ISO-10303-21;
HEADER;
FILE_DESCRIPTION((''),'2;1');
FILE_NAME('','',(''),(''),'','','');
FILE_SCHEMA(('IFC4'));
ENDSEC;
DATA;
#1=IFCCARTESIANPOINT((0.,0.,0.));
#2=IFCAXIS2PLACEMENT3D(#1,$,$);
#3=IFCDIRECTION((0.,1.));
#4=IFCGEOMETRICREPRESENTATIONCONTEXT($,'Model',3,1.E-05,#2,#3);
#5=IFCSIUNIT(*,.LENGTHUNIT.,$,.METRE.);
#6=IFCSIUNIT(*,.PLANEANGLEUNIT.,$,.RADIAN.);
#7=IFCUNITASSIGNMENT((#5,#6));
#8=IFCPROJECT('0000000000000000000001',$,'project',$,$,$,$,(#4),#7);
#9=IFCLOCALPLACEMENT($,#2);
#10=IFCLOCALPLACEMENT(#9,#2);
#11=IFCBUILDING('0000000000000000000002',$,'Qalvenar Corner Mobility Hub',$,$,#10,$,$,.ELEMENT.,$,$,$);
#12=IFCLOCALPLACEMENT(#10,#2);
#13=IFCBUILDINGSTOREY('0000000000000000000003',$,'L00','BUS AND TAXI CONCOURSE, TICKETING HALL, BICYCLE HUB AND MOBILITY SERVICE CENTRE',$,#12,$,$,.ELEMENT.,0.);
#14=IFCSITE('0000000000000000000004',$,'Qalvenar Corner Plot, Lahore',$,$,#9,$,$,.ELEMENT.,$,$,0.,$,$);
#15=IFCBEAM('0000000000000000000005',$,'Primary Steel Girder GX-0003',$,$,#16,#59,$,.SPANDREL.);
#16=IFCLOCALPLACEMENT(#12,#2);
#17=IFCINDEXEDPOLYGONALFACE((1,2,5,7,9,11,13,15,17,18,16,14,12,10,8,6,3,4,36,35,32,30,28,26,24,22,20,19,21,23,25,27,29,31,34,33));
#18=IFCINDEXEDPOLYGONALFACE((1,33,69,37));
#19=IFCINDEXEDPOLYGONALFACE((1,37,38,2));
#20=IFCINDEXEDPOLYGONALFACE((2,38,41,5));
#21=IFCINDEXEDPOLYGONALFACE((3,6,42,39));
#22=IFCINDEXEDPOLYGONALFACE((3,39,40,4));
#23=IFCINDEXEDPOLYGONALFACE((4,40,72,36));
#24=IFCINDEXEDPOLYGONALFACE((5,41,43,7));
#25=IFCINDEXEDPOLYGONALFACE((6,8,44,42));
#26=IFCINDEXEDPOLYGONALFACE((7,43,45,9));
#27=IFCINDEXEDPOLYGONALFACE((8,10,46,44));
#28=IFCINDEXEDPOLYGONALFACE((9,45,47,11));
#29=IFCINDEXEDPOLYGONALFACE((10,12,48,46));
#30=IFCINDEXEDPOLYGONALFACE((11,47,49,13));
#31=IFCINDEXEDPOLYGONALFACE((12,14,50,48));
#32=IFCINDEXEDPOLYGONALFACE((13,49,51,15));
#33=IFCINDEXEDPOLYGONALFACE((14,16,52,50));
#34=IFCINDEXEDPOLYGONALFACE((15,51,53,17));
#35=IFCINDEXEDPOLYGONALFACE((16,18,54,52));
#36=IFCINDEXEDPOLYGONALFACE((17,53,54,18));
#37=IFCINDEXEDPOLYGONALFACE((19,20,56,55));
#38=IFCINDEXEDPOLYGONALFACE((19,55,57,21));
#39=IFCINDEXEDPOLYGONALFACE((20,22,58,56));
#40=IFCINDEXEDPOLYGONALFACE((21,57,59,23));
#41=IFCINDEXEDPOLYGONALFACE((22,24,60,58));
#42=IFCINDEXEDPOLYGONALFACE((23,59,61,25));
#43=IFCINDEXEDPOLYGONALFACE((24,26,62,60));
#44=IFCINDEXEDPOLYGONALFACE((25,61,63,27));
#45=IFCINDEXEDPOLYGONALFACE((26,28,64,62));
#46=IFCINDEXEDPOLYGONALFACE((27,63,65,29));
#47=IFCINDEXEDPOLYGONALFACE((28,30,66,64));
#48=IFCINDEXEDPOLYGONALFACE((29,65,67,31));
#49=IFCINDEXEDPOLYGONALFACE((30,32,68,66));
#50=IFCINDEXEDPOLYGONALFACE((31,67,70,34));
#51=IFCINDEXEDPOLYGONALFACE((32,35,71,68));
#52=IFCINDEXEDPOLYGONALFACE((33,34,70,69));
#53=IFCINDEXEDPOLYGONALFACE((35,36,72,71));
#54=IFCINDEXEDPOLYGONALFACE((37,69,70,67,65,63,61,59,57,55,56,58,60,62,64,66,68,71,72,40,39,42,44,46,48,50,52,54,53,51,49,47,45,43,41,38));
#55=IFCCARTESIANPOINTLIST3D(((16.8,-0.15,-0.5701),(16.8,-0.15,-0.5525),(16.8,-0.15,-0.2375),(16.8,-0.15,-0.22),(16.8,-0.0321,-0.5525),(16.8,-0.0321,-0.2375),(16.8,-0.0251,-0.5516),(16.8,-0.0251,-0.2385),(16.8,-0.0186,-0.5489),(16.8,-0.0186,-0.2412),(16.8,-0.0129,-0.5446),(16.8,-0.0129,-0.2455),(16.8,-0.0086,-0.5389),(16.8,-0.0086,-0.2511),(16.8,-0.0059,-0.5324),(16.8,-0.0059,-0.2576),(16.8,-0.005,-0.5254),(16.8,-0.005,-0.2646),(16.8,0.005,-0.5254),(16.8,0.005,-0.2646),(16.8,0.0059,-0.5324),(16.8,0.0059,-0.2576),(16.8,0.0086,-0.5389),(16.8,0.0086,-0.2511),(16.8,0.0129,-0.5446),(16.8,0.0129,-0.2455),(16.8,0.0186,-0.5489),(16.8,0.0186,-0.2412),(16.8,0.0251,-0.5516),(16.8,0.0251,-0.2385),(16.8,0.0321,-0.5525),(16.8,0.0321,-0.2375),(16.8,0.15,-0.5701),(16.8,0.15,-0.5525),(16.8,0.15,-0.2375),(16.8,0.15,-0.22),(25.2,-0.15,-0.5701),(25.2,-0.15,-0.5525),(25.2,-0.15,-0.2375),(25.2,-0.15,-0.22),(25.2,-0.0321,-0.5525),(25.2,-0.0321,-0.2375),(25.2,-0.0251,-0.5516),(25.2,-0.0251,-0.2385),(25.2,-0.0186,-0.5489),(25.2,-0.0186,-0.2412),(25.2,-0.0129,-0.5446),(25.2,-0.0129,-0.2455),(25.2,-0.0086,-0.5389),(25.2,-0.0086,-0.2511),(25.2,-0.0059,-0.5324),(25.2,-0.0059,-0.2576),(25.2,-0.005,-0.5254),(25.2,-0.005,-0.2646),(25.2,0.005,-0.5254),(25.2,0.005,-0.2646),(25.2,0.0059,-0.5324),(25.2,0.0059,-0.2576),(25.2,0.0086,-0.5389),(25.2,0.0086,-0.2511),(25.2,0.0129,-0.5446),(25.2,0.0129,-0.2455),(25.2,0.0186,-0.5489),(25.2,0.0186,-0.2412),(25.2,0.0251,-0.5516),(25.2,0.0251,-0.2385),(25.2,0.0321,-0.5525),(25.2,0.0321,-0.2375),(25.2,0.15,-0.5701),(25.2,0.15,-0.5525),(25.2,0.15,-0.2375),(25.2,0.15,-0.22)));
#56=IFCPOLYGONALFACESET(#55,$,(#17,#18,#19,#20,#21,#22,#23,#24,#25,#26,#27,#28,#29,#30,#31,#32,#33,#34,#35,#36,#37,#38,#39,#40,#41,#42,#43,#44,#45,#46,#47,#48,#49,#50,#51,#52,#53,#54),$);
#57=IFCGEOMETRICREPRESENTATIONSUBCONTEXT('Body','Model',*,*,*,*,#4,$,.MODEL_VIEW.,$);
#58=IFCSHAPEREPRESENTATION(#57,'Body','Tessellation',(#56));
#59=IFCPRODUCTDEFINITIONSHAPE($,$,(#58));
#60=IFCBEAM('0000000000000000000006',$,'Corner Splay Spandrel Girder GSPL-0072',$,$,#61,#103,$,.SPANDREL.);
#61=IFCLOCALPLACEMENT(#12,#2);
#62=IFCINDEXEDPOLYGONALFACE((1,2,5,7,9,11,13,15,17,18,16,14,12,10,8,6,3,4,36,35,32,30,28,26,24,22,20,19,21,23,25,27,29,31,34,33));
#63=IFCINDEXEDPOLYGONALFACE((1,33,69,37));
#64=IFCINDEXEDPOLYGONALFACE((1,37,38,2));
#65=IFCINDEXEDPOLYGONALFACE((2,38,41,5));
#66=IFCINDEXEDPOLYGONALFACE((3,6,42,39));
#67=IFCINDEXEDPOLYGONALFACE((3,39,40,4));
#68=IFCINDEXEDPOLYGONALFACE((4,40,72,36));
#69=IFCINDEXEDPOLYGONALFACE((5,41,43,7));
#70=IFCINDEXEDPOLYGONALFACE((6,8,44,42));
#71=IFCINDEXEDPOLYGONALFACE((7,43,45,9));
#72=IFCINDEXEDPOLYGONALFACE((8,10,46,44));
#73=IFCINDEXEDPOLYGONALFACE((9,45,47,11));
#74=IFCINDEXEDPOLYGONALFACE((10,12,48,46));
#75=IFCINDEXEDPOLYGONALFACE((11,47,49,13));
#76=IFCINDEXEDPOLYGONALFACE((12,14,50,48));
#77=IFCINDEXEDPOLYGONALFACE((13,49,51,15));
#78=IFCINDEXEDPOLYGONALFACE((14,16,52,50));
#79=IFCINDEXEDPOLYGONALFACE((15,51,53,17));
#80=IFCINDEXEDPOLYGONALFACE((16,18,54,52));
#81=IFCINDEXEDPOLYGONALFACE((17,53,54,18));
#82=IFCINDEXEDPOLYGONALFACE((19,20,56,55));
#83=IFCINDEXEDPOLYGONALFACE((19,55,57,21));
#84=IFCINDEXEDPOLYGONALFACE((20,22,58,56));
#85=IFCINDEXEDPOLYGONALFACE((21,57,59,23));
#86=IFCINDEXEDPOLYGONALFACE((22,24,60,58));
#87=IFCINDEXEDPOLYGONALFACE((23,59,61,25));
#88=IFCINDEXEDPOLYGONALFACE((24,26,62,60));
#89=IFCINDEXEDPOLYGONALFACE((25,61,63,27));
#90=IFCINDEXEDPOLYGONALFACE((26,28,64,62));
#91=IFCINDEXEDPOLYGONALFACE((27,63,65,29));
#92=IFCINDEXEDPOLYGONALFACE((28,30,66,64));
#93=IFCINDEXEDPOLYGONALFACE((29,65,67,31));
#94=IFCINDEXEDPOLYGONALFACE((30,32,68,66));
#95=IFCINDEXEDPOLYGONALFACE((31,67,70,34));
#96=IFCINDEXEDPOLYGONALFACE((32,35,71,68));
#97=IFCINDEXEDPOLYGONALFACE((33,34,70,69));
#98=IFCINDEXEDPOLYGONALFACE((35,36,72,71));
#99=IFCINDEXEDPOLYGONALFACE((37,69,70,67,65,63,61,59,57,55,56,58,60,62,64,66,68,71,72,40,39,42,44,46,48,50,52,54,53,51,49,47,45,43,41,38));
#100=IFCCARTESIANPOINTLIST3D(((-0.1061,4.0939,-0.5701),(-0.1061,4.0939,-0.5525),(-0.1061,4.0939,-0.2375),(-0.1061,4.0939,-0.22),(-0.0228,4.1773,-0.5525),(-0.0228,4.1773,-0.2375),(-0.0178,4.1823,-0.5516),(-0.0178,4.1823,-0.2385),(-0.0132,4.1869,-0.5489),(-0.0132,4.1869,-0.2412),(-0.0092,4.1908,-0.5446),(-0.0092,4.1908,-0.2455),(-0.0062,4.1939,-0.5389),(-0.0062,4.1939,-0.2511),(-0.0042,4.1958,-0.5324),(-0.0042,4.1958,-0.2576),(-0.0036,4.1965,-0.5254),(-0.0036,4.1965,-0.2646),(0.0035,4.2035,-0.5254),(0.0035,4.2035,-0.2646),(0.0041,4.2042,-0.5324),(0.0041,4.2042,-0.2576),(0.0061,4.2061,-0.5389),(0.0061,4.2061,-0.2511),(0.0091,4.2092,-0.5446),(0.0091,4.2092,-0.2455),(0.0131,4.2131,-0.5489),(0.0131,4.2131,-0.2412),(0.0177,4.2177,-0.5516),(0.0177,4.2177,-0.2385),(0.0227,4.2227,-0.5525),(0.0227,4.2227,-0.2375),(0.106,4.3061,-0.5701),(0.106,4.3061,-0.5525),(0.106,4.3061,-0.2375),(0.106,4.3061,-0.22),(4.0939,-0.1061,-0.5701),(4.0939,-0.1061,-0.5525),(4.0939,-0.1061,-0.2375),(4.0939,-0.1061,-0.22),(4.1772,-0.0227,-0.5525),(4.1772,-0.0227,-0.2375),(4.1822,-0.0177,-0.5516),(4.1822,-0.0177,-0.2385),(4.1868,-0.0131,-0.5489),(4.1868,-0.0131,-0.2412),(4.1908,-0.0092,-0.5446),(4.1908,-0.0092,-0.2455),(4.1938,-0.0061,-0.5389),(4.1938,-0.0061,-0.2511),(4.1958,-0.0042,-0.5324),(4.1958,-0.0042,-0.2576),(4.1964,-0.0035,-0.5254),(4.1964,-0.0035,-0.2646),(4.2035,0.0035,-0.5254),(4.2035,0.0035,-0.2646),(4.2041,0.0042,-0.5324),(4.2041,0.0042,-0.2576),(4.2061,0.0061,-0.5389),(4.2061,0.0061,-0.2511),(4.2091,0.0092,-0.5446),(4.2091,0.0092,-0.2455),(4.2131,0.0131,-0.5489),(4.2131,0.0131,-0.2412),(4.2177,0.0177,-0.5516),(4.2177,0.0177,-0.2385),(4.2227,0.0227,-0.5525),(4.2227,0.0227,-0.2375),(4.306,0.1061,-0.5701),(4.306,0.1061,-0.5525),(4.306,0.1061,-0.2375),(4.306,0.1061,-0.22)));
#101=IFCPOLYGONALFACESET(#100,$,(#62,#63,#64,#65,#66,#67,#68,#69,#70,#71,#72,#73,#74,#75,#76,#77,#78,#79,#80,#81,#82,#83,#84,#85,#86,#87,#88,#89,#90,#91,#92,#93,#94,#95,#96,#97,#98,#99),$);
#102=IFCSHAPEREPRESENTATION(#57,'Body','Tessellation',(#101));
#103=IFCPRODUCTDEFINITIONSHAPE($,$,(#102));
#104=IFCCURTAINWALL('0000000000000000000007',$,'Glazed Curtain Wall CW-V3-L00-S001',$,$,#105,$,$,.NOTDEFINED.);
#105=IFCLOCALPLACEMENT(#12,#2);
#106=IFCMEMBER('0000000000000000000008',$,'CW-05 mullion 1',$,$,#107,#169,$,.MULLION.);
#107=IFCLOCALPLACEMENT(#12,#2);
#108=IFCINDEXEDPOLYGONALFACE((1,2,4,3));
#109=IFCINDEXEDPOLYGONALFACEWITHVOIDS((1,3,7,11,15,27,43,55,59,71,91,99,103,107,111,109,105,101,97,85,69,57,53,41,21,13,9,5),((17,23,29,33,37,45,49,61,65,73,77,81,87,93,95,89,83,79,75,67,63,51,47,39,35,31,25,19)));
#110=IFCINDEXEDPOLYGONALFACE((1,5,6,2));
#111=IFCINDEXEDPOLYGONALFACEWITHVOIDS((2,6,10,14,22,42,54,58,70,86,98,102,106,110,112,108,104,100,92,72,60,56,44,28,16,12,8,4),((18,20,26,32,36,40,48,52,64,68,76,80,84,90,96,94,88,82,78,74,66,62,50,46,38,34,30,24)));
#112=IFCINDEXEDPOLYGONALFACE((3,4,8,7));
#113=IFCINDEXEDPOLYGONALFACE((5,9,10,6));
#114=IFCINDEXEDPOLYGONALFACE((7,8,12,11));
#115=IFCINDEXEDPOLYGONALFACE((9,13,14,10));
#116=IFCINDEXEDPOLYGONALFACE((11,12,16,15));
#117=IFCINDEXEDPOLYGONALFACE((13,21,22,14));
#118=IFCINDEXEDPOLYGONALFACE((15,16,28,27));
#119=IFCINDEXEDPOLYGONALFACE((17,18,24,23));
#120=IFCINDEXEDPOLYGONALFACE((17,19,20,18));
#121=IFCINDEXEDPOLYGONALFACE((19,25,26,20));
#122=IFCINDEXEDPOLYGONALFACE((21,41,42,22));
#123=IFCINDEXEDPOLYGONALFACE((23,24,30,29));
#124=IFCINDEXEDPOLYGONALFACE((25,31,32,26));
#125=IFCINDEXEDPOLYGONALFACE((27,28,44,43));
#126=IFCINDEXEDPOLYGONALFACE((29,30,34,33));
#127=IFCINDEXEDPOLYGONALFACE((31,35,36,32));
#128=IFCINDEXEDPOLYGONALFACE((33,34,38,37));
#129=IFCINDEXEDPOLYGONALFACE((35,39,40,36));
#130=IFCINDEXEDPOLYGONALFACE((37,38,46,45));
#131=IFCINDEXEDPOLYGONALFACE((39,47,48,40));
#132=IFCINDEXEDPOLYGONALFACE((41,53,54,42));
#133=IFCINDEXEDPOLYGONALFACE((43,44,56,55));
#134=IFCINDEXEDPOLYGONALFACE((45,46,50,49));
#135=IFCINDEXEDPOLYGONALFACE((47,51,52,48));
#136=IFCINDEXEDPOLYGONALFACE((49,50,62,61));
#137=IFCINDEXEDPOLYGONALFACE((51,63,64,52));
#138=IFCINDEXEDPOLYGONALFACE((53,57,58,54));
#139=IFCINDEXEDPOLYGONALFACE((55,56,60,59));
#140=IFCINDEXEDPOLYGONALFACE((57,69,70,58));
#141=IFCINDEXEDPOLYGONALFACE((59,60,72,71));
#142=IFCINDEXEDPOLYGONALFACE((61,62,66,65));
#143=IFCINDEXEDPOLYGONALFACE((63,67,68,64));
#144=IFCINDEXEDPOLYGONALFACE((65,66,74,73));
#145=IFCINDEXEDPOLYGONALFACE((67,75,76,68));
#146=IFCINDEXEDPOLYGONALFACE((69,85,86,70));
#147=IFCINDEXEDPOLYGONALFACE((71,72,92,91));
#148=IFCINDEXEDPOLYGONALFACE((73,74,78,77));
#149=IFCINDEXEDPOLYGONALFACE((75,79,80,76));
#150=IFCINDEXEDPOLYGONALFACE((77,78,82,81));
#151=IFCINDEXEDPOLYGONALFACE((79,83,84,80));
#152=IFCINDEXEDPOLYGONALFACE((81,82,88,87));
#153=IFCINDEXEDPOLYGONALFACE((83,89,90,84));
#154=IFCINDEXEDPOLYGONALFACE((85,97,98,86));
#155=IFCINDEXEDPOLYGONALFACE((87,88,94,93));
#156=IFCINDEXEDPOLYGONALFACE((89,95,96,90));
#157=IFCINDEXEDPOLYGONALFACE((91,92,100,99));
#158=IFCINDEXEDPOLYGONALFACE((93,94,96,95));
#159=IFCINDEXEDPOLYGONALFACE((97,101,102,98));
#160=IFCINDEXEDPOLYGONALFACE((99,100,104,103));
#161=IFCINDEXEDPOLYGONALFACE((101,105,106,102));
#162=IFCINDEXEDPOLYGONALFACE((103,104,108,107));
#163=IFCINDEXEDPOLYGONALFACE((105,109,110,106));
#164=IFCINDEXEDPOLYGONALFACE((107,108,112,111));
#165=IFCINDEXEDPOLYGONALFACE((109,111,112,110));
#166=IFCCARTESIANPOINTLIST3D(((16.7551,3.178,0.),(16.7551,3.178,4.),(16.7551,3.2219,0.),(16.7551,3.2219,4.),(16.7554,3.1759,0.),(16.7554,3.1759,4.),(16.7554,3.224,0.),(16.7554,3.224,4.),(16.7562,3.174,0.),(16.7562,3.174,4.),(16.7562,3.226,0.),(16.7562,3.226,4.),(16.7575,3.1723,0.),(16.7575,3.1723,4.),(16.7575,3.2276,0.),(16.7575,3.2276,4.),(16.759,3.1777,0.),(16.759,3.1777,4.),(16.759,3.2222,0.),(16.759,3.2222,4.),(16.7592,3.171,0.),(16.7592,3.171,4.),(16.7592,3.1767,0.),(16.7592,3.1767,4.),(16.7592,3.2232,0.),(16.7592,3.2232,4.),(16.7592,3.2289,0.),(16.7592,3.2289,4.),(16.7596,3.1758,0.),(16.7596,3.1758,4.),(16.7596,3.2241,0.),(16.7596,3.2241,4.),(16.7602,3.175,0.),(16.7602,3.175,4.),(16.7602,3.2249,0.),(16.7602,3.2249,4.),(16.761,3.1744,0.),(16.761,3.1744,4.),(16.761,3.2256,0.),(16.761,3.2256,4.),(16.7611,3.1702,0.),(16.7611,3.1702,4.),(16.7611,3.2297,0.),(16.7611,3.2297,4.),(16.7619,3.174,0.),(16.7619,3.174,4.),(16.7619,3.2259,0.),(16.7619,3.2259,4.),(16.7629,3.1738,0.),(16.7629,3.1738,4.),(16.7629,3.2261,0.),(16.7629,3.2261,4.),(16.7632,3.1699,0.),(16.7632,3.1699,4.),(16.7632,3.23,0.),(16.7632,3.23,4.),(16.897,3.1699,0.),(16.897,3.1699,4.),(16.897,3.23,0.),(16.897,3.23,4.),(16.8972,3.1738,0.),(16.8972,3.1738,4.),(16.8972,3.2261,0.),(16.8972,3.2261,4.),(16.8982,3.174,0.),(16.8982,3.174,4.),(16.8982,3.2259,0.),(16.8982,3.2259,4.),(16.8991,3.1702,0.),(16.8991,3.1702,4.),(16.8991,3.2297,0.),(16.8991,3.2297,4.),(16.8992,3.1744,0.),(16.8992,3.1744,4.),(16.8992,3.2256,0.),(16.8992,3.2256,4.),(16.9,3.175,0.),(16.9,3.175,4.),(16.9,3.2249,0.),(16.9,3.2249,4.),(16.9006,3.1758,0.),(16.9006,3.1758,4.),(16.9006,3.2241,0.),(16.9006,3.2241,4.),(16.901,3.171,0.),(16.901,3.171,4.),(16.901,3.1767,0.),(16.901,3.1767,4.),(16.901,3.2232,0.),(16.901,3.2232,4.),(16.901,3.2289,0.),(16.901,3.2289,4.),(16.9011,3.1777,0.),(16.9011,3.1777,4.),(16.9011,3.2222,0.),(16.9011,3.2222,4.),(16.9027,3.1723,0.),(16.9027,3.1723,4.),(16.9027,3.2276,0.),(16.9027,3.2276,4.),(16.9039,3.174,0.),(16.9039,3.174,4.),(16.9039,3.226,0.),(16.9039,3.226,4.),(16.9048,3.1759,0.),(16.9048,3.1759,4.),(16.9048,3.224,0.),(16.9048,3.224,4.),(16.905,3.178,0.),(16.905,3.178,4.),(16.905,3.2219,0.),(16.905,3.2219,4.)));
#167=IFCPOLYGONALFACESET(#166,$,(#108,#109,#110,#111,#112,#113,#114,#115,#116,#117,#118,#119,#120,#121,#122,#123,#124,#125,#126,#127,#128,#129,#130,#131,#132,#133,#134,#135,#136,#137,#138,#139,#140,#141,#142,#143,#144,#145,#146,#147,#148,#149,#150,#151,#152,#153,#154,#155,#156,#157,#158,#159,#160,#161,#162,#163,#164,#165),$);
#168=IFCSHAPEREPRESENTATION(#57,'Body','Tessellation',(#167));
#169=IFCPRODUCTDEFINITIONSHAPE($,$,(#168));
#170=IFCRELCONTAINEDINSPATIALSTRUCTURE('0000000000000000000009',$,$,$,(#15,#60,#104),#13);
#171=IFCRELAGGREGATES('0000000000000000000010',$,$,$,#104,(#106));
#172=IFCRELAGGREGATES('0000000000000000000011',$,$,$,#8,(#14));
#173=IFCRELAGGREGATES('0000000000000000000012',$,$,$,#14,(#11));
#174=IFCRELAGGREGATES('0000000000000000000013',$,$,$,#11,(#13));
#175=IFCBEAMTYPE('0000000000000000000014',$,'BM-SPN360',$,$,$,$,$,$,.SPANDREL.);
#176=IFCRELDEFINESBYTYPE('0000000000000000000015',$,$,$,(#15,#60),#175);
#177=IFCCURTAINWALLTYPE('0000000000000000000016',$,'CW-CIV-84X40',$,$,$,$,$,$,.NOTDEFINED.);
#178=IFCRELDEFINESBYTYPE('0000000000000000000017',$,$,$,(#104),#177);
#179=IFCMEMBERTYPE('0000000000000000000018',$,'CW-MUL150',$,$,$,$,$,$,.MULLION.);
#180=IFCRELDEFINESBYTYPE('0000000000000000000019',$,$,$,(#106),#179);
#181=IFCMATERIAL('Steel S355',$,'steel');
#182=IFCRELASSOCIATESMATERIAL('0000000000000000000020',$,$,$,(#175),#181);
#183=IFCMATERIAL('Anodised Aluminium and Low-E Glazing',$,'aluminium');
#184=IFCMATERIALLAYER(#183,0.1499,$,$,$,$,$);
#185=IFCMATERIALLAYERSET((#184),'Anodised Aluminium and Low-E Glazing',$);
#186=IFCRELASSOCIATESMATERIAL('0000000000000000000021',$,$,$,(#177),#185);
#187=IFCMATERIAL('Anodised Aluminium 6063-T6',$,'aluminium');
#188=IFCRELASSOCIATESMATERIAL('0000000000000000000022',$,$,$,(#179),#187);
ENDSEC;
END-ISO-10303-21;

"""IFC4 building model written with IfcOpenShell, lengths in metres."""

from ifc_helpers import new_model, si_unit, direction, frame, origin, origin_2d, place, context, subcontext, project, spatial, hollow_rectangle, i_section, extrude, material, layer, layer_set, material_profile, profile_set, type_object, element, aggregate, save


model = new_model("IFC4")

# Units and contexts
model_context = context("Model", 3, precision=1e-05, world=origin(), true_north=direction((0.0, 1.0)))
body_context = subcontext(model_context, "Body", "Model", "MODEL_VIEW")
ifc_project = project(units=[si_unit("LENGTHUNIT", "METRE"), si_unit("PLANEANGLEUNIT", "RADIAN")], contexts=[model_context])

# Site, building, storey
site_placement = place(None, origin())
site = spatial("IfcSite", under=ifc_project, at=site_placement, Name="Qalvenar Corner Plot, Lahore", CompositionType="ELEMENT", RefElevation=0.0)
building_placement = place(site_placement, origin())
building = spatial("IfcBuilding", under=site, at=building_placement, Name="Qalvenar Corner Mobility Hub", CompositionType="ELEMENT")
storey_placement = place(building_placement, origin())
storey = spatial("IfcBuildingStorey", under=building, at=storey_placement, Name="L00", Description="BUS AND TAXI CONCOURSE, TICKETING HALL, BICYCLE HUB AND MOBILITY SERVICE CENTRE", CompositionType="ELEMENT", Elevation=0.0)

# Shared definitions
ifc_material_1 = material(Name="Steel S355", Category="steel")

# Beams
ifc_material_profile_1 = material_profile(ifc_material_1, i_section(OverallWidth=0.3, OverallDepth=0.3501, WebThickness=0.01, FlangeThickness=0.0176, FilletRadius=0.0271, at=origin_2d()), Name="HEA360")
ifc_profile_set_1 = profile_set([ifc_material_profile_1], Name="Steel S355")
beam_type_1 = type_object("IfcBeamType", Name="BM-SPN360", PredefinedType="SPANDREL", material=ifc_profile_set_1)
beam_1_placement = place(storey_placement, frame((16.8, 0.0, -0.395), z_axis=(1.0, 0.0, 0.0), x_axis=(0.0, 1.0, 0.0)))
element("IfcBeam", 1, at=beam_1_placement, inside=storey, type_object=beam_type_1, Name="Primary Steel Girder GX-0003", PredefinedType="SPANDREL", context=body_context, shape_type="SweptSolid", body=[
    extrude(i_section(OverallWidth=0.3, OverallDepth=0.3501, WebThickness=0.01, FlangeThickness=0.0176, FilletRadius=0.0271, at=origin_2d()), origin(), (0.0, 0.0, 1.0), 8.3999),
])
beam_2_placement = place(storey_placement, frame((4.2, 0.0, -0.395), z_axis=(-0.707107, 0.707107, 0.0), x_axis=(-0.707107, -0.707107, 0.0)))
element("IfcBeam", 2, at=beam_2_placement, inside=storey, type_object=beam_type_1, Name="Corner Splay Spandrel Girder GSPL-0072", PredefinedType="SPANDREL", context=body_context, shape_type="SweptSolid", body=[
    extrude(i_section(OverallWidth=0.3, OverallDepth=0.3501, WebThickness=0.01, FlangeThickness=0.0176, FilletRadius=0.0271, at=origin_2d()), origin(), (0.0, 0.0, 1.0), 5.9397),
])

# Curtain wall, member
ifc_material_2 = material(Name="Anodised Aluminium and Low-E Glazing", Category="aluminium")
ifc_layer_1 = layer(ifc_material_2, 0.1499)
ifc_layer_set_1 = layer_set([ifc_layer_1], Name="Anodised Aluminium and Low-E Glazing")
curtain_wall_type = type_object("IfcCurtainWallType", Name="CW-CIV-84X40", PredefinedType="NOTDEFINED", material=ifc_layer_set_1)
curtain_wall_placement = place(storey_placement, origin())
curtain_wall = element("IfcCurtainWall", 3, at=curtain_wall_placement, inside=storey, type_object=curtain_wall_type, Name="Glazed Curtain Wall CW-V3-L00-S001", PredefinedType="NOTDEFINED")
ifc_material_3 = material(Name="Anodised Aluminium 6063-T6", Category="aluminium")
ifc_material_profile_2 = material_profile(ifc_material_3, hollow_rectangle(XDim=0.0601, YDim=0.1499, WallThickness=0.0039, InnerFilletRadius=0.0039, OuterFilletRadius=0.0081, at=origin_2d()), Name="RHS150x60x4")
ifc_profile_set_2 = profile_set([ifc_material_profile_2], Name="Anodised Aluminium 6063-T6")
member_type_1 = type_object("IfcMemberType", Name="CW-MUL150", PredefinedType="MULLION", material=ifc_profile_set_2)
member_1_placement = place(storey_placement, frame((16.8301, 3.2, 0.0), z_axis=(0.0, 0.0, 1.0), x_axis=(0.0, 1.0, 0.0)))
member_1 = element("IfcMember", 4, at=member_1_placement, type_object=member_type_1, Name="CW-05 mullion 1", PredefinedType="MULLION", context=body_context, shape_type="SweptSolid", body=[
    extrude(hollow_rectangle(XDim=0.0601, YDim=0.1499, WallThickness=0.0039, InnerFilletRadius=0.0039, OuterFilletRadius=0.0081, at=origin_2d()), origin(), (0.0, 0.0, 1.0), 4.0),
])
aggregate(curtain_wall, [member_1])

save(model, "model.ifc")
